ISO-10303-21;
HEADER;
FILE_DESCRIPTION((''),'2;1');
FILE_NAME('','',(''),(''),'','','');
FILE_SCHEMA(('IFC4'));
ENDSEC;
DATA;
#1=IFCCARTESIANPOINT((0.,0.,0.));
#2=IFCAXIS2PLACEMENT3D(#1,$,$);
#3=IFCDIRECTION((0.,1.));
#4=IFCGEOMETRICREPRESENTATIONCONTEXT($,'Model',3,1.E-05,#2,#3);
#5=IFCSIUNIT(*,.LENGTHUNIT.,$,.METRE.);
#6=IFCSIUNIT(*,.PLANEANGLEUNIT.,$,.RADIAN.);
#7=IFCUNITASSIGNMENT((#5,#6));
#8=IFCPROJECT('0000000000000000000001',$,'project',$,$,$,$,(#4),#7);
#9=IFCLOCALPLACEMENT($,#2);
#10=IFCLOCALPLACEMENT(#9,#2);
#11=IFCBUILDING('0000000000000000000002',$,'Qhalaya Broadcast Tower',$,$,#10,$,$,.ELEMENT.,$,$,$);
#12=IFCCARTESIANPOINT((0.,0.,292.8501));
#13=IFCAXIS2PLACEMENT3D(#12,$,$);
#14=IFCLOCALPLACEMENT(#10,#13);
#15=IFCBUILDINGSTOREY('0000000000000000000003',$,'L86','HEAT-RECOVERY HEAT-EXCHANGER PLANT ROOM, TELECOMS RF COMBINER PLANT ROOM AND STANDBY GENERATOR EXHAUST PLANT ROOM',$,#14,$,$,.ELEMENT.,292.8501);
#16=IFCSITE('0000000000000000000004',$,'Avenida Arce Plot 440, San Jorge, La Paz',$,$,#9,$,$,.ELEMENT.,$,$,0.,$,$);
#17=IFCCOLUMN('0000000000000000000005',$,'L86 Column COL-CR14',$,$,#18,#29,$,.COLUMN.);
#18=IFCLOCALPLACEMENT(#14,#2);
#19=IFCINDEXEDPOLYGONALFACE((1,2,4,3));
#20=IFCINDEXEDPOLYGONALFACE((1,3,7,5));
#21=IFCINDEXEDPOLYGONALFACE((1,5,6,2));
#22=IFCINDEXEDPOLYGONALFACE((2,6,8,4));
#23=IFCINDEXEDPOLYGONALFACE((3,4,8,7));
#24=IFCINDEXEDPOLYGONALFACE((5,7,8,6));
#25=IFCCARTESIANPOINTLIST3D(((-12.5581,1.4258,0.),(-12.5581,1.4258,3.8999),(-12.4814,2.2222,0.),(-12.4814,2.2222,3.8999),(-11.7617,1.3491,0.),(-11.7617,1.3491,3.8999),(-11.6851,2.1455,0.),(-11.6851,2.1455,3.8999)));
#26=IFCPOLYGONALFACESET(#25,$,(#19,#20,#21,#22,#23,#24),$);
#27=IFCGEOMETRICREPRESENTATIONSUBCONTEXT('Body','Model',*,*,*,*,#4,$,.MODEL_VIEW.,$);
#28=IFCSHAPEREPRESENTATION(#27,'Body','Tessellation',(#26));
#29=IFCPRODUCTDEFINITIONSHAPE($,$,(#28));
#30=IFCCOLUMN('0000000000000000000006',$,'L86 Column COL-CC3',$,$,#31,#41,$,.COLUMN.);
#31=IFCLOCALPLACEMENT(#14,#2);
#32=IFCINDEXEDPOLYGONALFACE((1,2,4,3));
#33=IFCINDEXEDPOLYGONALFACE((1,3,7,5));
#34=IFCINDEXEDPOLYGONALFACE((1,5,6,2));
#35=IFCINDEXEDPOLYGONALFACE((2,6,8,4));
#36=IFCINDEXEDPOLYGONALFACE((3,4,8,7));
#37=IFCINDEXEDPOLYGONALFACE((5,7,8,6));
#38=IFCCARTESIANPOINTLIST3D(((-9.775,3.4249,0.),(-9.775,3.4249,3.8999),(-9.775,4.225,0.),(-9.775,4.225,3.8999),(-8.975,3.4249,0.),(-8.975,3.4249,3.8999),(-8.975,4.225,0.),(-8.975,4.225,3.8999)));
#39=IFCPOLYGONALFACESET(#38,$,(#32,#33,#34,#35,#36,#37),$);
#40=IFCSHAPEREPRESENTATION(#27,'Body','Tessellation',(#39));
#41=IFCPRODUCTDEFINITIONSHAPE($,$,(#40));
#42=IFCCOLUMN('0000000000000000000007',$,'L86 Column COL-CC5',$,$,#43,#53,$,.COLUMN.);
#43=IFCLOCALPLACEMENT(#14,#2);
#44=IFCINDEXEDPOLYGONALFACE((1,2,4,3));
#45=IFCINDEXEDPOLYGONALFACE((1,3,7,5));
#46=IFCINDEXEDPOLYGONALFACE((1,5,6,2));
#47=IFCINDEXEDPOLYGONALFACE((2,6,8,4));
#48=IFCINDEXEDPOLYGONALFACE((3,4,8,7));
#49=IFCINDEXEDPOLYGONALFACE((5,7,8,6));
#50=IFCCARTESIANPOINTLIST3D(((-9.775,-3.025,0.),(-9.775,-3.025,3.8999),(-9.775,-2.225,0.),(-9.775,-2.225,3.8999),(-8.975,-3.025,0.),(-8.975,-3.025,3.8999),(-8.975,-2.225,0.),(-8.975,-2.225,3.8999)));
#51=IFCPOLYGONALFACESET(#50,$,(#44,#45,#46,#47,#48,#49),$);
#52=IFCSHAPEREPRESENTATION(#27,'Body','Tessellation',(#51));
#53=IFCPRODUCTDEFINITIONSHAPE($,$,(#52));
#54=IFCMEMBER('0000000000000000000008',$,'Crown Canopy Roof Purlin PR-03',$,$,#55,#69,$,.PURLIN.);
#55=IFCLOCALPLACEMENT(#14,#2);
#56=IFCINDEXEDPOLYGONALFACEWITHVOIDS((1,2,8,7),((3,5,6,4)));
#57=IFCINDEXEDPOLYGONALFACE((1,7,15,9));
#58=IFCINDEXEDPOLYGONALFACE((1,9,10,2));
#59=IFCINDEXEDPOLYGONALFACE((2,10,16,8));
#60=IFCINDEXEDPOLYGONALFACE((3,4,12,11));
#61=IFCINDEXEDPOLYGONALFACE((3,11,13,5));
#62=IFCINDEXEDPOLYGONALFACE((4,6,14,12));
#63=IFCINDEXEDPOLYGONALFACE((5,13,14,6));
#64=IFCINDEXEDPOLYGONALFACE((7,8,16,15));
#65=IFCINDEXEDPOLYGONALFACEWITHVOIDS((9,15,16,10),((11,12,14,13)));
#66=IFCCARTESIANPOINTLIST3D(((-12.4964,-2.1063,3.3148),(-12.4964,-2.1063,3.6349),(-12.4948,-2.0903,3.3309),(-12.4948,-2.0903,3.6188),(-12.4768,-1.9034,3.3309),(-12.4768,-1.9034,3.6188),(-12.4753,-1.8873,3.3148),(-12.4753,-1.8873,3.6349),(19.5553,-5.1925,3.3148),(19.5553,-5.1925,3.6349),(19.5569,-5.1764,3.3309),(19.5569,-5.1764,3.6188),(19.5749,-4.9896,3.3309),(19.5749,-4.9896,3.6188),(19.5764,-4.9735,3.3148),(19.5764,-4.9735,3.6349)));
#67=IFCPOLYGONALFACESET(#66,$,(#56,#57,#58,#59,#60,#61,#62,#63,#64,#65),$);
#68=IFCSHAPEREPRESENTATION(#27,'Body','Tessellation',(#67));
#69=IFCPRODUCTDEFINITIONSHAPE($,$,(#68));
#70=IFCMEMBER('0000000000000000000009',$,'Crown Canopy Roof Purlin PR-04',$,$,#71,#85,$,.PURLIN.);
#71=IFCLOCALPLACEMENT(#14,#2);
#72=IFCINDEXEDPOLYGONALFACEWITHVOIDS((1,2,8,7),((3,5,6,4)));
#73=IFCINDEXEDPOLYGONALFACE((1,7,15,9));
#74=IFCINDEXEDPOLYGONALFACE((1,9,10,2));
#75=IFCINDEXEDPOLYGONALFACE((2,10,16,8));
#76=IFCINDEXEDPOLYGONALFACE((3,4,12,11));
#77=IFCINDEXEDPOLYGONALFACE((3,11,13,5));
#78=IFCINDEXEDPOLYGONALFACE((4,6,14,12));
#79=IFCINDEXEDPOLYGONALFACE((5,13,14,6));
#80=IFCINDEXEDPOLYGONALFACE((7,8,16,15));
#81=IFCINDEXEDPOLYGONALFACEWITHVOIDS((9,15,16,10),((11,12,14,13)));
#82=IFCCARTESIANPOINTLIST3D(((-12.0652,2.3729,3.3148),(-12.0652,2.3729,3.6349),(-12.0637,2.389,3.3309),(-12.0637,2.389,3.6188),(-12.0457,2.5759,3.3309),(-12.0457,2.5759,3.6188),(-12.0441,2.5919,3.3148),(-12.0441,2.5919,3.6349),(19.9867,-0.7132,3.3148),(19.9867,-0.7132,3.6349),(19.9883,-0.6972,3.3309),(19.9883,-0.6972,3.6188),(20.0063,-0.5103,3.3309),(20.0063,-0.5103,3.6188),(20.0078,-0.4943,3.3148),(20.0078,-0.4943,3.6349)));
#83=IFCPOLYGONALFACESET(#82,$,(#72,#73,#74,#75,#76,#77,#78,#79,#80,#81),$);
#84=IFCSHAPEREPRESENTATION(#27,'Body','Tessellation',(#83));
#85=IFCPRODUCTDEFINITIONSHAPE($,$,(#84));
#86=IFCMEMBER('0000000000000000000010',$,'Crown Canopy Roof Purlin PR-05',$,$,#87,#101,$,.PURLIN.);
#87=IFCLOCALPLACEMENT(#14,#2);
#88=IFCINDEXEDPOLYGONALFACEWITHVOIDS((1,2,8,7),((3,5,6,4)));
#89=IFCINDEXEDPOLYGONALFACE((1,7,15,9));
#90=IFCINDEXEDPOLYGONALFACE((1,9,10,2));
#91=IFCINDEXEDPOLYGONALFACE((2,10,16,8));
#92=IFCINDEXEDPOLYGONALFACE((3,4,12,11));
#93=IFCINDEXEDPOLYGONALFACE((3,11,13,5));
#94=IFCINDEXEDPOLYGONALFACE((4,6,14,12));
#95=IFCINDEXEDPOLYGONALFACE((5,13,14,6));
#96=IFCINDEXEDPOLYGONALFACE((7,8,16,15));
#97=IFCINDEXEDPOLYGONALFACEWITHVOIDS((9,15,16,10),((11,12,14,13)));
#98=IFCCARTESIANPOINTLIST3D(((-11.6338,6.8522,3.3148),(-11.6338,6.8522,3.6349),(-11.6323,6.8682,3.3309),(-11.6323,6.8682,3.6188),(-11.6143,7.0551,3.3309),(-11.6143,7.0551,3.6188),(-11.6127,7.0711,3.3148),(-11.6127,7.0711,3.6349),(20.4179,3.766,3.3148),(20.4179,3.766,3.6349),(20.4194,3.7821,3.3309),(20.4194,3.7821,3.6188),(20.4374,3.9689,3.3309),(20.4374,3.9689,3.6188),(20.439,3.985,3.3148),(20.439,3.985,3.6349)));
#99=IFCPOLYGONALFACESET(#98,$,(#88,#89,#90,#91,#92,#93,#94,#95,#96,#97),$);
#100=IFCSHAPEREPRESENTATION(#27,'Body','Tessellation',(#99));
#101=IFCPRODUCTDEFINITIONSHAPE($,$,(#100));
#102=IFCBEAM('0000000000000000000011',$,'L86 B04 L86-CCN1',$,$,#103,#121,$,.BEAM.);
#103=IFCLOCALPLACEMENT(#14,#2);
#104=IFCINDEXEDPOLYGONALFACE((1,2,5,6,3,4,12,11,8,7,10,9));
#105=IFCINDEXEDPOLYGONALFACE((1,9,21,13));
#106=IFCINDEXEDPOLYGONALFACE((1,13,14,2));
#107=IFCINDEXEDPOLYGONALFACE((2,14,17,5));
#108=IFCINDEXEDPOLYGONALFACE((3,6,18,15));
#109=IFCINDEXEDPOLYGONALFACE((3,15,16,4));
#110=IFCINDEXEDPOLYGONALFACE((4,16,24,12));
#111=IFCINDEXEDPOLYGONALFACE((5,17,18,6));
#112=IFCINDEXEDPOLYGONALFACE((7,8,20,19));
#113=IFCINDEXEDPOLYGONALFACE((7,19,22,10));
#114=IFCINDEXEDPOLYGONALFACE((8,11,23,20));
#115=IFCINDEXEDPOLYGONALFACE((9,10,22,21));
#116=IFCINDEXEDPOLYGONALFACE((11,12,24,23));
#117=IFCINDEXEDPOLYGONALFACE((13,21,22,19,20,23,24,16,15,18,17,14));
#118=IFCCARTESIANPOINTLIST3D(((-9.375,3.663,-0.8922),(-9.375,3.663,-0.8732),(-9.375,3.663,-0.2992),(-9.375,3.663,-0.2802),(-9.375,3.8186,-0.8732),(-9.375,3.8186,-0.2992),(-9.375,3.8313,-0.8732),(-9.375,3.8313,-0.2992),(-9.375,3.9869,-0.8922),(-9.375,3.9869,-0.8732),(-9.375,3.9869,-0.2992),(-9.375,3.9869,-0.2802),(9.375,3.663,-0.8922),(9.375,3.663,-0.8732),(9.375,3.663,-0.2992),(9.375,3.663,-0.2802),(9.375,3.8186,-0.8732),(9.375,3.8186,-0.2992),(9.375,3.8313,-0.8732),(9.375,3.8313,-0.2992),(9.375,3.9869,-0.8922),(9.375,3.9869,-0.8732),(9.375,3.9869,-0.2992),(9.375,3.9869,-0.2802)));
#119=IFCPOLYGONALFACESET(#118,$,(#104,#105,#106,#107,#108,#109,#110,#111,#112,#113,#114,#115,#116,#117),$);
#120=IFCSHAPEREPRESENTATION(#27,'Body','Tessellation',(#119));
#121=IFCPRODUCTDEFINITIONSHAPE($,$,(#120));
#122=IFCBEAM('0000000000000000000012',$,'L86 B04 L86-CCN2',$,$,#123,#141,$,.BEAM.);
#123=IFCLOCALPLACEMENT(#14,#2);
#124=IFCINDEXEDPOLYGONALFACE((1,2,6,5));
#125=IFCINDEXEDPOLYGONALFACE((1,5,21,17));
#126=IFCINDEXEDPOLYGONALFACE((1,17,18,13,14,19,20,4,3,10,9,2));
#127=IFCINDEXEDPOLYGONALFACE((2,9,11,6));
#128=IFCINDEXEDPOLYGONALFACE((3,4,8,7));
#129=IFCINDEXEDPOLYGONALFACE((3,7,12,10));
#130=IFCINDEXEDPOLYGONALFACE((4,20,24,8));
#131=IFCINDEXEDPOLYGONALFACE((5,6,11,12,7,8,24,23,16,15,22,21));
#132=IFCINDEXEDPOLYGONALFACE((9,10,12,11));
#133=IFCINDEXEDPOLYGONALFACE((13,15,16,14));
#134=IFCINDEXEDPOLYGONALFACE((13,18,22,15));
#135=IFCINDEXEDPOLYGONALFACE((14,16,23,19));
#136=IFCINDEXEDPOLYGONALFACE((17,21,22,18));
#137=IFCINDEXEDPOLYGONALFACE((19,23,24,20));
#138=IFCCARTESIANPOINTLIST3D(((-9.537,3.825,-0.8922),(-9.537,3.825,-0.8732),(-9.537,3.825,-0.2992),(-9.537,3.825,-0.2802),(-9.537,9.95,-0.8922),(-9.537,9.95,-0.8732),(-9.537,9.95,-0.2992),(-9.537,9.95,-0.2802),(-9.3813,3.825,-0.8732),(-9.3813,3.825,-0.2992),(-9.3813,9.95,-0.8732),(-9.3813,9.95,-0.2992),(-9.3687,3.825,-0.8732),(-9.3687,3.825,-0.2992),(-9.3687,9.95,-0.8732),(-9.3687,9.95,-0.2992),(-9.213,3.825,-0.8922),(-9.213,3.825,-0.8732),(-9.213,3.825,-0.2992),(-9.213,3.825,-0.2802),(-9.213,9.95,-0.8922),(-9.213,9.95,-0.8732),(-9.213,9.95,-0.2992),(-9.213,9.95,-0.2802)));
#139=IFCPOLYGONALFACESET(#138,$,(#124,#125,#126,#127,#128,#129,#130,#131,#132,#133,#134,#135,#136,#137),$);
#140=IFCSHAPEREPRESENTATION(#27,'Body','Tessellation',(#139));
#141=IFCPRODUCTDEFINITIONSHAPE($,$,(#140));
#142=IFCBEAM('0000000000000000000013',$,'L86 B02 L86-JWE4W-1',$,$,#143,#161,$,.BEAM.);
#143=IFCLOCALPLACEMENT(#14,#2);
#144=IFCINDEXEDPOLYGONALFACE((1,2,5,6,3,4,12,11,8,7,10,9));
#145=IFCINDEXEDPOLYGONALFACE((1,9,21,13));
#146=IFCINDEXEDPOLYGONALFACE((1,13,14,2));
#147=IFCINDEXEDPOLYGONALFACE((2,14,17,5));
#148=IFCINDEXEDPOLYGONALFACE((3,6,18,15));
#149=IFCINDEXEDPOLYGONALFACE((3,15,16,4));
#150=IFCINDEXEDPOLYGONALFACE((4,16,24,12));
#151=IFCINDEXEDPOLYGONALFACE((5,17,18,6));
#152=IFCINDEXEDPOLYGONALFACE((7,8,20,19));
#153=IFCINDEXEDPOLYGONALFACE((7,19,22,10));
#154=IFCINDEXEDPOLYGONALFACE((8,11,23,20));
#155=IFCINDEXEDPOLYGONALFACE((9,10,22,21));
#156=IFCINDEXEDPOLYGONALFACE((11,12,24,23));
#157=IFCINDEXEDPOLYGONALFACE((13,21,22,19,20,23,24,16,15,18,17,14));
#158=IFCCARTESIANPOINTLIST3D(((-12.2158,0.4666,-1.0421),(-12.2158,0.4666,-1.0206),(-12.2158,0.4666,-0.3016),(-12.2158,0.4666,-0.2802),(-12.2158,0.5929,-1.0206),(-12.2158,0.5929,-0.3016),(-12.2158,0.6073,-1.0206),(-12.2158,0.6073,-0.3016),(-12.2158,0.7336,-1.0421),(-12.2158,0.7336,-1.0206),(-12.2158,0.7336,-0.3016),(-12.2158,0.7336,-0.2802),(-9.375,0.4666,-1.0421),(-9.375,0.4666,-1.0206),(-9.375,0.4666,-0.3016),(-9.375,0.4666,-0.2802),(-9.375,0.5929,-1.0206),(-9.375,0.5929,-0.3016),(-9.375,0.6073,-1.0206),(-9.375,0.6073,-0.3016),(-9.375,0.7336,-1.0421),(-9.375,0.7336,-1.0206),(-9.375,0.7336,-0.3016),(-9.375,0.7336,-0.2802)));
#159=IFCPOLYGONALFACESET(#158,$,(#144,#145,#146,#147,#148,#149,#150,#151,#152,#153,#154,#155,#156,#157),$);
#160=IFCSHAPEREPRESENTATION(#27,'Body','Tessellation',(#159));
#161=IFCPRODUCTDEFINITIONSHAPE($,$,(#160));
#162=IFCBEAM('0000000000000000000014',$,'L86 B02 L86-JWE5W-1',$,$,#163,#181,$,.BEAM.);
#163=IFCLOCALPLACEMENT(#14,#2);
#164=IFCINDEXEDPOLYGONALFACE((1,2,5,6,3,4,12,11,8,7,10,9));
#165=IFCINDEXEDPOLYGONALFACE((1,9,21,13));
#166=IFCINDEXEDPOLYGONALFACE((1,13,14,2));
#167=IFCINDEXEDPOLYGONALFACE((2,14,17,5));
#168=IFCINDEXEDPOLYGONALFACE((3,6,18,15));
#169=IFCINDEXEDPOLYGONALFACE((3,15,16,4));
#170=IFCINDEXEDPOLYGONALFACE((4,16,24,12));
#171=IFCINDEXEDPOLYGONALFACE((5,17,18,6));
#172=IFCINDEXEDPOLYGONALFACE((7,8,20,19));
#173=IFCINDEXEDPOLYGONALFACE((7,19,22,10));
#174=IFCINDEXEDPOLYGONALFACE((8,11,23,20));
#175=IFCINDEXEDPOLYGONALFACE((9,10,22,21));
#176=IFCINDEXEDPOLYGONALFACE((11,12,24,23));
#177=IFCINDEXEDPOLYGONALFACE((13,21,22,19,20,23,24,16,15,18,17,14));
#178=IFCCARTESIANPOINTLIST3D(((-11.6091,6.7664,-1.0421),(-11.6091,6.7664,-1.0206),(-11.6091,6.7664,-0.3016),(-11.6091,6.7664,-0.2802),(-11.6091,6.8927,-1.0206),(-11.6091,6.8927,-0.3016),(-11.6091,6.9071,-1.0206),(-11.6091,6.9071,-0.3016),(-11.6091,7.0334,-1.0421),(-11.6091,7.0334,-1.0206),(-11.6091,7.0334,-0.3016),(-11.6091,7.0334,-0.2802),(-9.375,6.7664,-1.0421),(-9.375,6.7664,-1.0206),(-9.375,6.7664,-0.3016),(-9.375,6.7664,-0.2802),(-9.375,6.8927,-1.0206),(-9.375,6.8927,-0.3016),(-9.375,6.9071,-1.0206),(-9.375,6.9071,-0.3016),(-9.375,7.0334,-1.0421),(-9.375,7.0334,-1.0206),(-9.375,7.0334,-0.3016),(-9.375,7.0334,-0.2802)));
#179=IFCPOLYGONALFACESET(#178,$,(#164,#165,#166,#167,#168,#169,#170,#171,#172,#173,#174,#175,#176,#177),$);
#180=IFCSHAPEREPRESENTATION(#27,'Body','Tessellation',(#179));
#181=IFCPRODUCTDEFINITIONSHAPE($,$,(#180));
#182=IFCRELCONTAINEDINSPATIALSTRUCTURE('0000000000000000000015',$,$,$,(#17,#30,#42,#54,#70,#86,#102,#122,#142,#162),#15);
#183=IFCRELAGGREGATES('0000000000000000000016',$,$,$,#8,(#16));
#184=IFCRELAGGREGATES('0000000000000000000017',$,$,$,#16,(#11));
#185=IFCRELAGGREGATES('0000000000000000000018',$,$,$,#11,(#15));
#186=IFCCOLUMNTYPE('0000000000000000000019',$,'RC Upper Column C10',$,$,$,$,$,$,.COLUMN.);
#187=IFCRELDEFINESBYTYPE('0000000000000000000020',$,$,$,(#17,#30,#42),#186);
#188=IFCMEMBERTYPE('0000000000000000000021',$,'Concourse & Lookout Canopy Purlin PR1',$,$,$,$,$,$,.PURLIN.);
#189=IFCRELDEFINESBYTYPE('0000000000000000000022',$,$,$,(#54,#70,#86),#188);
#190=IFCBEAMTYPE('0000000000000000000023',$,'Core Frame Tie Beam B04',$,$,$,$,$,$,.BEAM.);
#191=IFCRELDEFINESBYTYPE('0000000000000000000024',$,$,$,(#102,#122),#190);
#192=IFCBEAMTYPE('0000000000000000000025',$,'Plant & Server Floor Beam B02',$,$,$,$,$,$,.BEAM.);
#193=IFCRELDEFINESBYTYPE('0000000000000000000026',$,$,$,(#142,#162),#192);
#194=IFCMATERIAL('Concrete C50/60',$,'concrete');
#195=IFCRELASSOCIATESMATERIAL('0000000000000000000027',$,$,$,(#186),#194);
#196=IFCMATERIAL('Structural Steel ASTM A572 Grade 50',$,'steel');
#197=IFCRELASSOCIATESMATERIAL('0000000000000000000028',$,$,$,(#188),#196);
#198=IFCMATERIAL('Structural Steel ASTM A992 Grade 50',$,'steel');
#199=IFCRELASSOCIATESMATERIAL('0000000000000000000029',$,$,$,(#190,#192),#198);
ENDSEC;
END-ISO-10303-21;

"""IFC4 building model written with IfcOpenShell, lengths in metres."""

from ifc_helpers import new_model, si_unit, direction, frame, origin, origin_2d, place, context, subcontext, project, spatial, rectangle, hollow_rectangle, i_section, extrude, material, material_profile, profile_set, type_object, element, save


model = new_model("IFC4")

# Units and contexts
model_context = context("Model", 3, precision=1e-05, world=origin(), true_north=direction((0.0, 1.0)))
body_context = subcontext(model_context, "Body", "Model", "MODEL_VIEW")
ifc_project = project(units=[si_unit("LENGTHUNIT", "METRE"), si_unit("PLANEANGLEUNIT", "RADIAN")], contexts=[model_context])

# Site, building, storey
site_placement = place(None, origin())
site = spatial("IfcSite", under=ifc_project, at=site_placement, Name="Avenida Arce Plot 440, San Jorge, La Paz", CompositionType="ELEMENT", RefElevation=0.0)
building_placement = place(site_placement, origin())
building = spatial("IfcBuilding", under=site, at=building_placement, Name="Qhalaya Broadcast Tower", CompositionType="ELEMENT")
storey_placement = place(building_placement, frame((0.0, 0.0, 292.8501)))
storey = spatial("IfcBuildingStorey", under=building, at=storey_placement, Name="L86", Description="HEAT-RECOVERY HEAT-EXCHANGER PLANT ROOM, TELECOMS RF COMBINER PLANT ROOM AND STANDBY GENERATOR EXHAUST PLANT ROOM", CompositionType="ELEMENT", Elevation=292.8501)

# Columns
ifc_material_1 = material(Name="Concrete C50/60", Category="concrete")
ifc_material_profile_1 = material_profile(ifc_material_1, rectangle(XDim=0.8, YDim=0.8, at=origin_2d()), Name="RC-COL 800x800")
ifc_profile_set_1 = profile_set([ifc_material_profile_1], Name="Concrete C50/60")
column_type = type_object("IfcColumnType", Name="RC Upper Column C10", PredefinedType="COLUMN", material=ifc_profile_set_1)
for number, where, z_axis, x_axis, name in (
    (1, (-12.1216, 1.7856, 0.0), (0.0, 0.0, 1.0), (0.095846, 0.995396, 0.0), "L86 Column COL-CR14"),
    (2, (-9.375, 3.825, 0.0), (0.0, 0.0, 1.0), (1.0, 0.0, 0.0), "L86 Column COL-CC3"),
    (3, (-9.375, -2.625, 0.0), (0.0, 0.0, 1.0), (1.0, 0.0, 0.0), "L86 Column COL-CC5"),
):
    element("IfcColumn", number, at=place(storey_placement, frame(where, z_axis=z_axis, x_axis=x_axis)), inside=storey, type_object=column_type, Name=name, PredefinedType="COLUMN", context=body_context, shape_type="SweptSolid", body=[
        extrude(rectangle(XDim=0.8, YDim=0.8, at=origin_2d()), origin(), (0.0, 0.0, 1.0), 3.8999),
    ])

# Members
ifc_material_2 = material(Name="Structural Steel ASTM A572 Grade 50", Category="steel")
ifc_material_profile_2 = material_profile(ifc_material_2, hollow_rectangle(XDim=0.22, YDim=0.3201, WallThickness=0.0161, at=origin_2d()), Name="HSS 220x320x16")
ifc_profile_set_2 = profile_set([ifc_material_profile_2], Name="Structural Steel ASTM A572 Grade 50")
member_type = type_object("IfcMemberType", Name="Concourse & Lookout Canopy Purlin PR1", PredefinedType="PURLIN", material=ifc_profile_set_2)
member_1_placement = place(storey_placement, frame((-12.4858, -1.9968, 3.4749), z_axis=(0.995396, -0.095844, 0.0), x_axis=(0.095844, 0.995396, 0.0)))
element("IfcMember", 4, at=member_1_placement, inside=storey, type_object=member_type, Name="Crown Canopy Roof Purlin PR-03", PredefinedType="PURLIN", context=body_context, shape_type="SweptSolid", body=[
    extrude(hollow_rectangle(XDim=0.22, YDim=0.3201, WallThickness=0.0161, at=origin_2d()), origin(), (0.0, 0.0, 1.0), 32.2),
])
member_2_placement = place(storey_placement, frame((-12.0547, 2.4824, 3.4749), z_axis=(0.995396, -0.095843, 0.0), x_axis=(0.095843, 0.995396, 0.0)))
element("IfcMember", 5, at=member_2_placement, inside=storey, type_object=member_type, Name="Crown Canopy Roof Purlin PR-04", PredefinedType="PURLIN", context=body_context, shape_type="SweptSolid", body=[
    extrude(hollow_rectangle(XDim=0.22, YDim=0.3201, WallThickness=0.0161, at=origin_2d()), origin(), (0.0, 0.0, 1.0), 32.2002),
])
member_3_placement = place(storey_placement, frame((-11.6233, 6.9617, 3.4749), z_axis=(0.995396, -0.095844, 0.0), x_axis=(0.095844, 0.995396, 0.0)))
element("IfcMember", 6, at=member_3_placement, inside=storey, type_object=member_type, Name="Crown Canopy Roof Purlin PR-05", PredefinedType="PURLIN", context=body_context, shape_type="SweptSolid", body=[
    extrude(hollow_rectangle(XDim=0.22, YDim=0.3201, WallThickness=0.0161, at=origin_2d()), origin(), (0.0, 0.0, 1.0), 32.2),
])

# Beams
ifc_material_3 = material(Name="Structural Steel ASTM A992 Grade 50", Category="steel")
ifc_material_profile_3 = material_profile(ifc_material_3, i_section(OverallWidth=0.324, OverallDepth=0.6121, WebThickness=0.0127, FlangeThickness=0.019, at=origin_2d()), Name="W24X104")
ifc_profile_set_3 = profile_set([ifc_material_profile_3], Name="Structural Steel ASTM A992 Grade 50")
beam_type_1 = type_object("IfcBeamType", Name="Core Frame Tie Beam B04", PredefinedType="BEAM", material=ifc_profile_set_3)
beam_1_placement = place(storey_placement, frame((-9.375, 3.825, -0.5862), z_axis=(1.0, 0.0, 0.0), x_axis=(0.0, 1.0, 0.0)))
element("IfcBeam", 7, at=beam_1_placement, inside=storey, type_object=beam_type_1, Name="L86 B04 L86-CCN1", PredefinedType="BEAM", context=body_context, shape_type="SweptSolid", body=[
    extrude(i_section(OverallWidth=0.324, OverallDepth=0.6121, WebThickness=0.0127, FlangeThickness=0.019, at=origin_2d()), origin(), (0.0, 0.0, 1.0), 18.75),
])
beam_2_placement = place(storey_placement, frame((-9.375, 3.825, -0.5862), z_axis=(0.0, 1.0, 0.0), x_axis=(-1.0, 0.0, 0.0)))
element("IfcBeam", 8, at=beam_2_placement, inside=storey, type_object=beam_type_1, Name="L86 B04 L86-CCN2", PredefinedType="BEAM", context=body_context, shape_type="SweptSolid", body=[
    extrude(i_section(OverallWidth=0.324, OverallDepth=0.6121, WebThickness=0.0127, FlangeThickness=0.019, at=origin_2d()), origin(), (0.0, 0.0, 1.0), 6.125),
])
ifc_material_profile_4 = material_profile(ifc_material_3, i_section(OverallWidth=0.2671, OverallDepth=0.762, WebThickness=0.0144, FlangeThickness=0.0215, at=origin_2d()), Name="W30X116")
ifc_profile_set_4 = profile_set([ifc_material_profile_4], Name="Structural Steel ASTM A992 Grade 50")
beam_type_2 = type_object("IfcBeamType", Name="Plant & Server Floor Beam B02", PredefinedType="BEAM", material=ifc_profile_set_4)
beam_3_placement = place(storey_placement, frame((-12.2158, 0.6001, -0.6611), z_axis=(1.0, 0.0, 0.0), x_axis=(0.0, 1.0, 0.0)))
element("IfcBeam", 9, at=beam_3_placement, inside=storey, type_object=beam_type_2, Name="L86 B02 L86-JWE4W-1", PredefinedType="BEAM", context=body_context, shape_type="SweptSolid", body=[
    extrude(i_section(OverallWidth=0.2671, OverallDepth=0.762, WebThickness=0.0144, FlangeThickness=0.0215, at=origin_2d()), origin(), (0.0, 0.0, 1.0), 2.8408),
])
beam_4_placement = place(storey_placement, frame((-11.6091, 6.8999, -0.6611), z_axis=(1.0, 0.0, 0.0), x_axis=(0.0, 1.0, 0.0)))
element("IfcBeam", 10, at=beam_4_placement, inside=storey, type_object=beam_type_2, Name="L86 B02 L86-JWE5W-1", PredefinedType="BEAM", context=body_context, shape_type="SweptSolid", body=[
    extrude(i_section(OverallWidth=0.2671, OverallDepth=0.762, WebThickness=0.0144, FlangeThickness=0.0215, at=origin_2d()), origin(), (0.0, 0.0, 1.0), 2.2341),
])

save(model, "model.ifc")
